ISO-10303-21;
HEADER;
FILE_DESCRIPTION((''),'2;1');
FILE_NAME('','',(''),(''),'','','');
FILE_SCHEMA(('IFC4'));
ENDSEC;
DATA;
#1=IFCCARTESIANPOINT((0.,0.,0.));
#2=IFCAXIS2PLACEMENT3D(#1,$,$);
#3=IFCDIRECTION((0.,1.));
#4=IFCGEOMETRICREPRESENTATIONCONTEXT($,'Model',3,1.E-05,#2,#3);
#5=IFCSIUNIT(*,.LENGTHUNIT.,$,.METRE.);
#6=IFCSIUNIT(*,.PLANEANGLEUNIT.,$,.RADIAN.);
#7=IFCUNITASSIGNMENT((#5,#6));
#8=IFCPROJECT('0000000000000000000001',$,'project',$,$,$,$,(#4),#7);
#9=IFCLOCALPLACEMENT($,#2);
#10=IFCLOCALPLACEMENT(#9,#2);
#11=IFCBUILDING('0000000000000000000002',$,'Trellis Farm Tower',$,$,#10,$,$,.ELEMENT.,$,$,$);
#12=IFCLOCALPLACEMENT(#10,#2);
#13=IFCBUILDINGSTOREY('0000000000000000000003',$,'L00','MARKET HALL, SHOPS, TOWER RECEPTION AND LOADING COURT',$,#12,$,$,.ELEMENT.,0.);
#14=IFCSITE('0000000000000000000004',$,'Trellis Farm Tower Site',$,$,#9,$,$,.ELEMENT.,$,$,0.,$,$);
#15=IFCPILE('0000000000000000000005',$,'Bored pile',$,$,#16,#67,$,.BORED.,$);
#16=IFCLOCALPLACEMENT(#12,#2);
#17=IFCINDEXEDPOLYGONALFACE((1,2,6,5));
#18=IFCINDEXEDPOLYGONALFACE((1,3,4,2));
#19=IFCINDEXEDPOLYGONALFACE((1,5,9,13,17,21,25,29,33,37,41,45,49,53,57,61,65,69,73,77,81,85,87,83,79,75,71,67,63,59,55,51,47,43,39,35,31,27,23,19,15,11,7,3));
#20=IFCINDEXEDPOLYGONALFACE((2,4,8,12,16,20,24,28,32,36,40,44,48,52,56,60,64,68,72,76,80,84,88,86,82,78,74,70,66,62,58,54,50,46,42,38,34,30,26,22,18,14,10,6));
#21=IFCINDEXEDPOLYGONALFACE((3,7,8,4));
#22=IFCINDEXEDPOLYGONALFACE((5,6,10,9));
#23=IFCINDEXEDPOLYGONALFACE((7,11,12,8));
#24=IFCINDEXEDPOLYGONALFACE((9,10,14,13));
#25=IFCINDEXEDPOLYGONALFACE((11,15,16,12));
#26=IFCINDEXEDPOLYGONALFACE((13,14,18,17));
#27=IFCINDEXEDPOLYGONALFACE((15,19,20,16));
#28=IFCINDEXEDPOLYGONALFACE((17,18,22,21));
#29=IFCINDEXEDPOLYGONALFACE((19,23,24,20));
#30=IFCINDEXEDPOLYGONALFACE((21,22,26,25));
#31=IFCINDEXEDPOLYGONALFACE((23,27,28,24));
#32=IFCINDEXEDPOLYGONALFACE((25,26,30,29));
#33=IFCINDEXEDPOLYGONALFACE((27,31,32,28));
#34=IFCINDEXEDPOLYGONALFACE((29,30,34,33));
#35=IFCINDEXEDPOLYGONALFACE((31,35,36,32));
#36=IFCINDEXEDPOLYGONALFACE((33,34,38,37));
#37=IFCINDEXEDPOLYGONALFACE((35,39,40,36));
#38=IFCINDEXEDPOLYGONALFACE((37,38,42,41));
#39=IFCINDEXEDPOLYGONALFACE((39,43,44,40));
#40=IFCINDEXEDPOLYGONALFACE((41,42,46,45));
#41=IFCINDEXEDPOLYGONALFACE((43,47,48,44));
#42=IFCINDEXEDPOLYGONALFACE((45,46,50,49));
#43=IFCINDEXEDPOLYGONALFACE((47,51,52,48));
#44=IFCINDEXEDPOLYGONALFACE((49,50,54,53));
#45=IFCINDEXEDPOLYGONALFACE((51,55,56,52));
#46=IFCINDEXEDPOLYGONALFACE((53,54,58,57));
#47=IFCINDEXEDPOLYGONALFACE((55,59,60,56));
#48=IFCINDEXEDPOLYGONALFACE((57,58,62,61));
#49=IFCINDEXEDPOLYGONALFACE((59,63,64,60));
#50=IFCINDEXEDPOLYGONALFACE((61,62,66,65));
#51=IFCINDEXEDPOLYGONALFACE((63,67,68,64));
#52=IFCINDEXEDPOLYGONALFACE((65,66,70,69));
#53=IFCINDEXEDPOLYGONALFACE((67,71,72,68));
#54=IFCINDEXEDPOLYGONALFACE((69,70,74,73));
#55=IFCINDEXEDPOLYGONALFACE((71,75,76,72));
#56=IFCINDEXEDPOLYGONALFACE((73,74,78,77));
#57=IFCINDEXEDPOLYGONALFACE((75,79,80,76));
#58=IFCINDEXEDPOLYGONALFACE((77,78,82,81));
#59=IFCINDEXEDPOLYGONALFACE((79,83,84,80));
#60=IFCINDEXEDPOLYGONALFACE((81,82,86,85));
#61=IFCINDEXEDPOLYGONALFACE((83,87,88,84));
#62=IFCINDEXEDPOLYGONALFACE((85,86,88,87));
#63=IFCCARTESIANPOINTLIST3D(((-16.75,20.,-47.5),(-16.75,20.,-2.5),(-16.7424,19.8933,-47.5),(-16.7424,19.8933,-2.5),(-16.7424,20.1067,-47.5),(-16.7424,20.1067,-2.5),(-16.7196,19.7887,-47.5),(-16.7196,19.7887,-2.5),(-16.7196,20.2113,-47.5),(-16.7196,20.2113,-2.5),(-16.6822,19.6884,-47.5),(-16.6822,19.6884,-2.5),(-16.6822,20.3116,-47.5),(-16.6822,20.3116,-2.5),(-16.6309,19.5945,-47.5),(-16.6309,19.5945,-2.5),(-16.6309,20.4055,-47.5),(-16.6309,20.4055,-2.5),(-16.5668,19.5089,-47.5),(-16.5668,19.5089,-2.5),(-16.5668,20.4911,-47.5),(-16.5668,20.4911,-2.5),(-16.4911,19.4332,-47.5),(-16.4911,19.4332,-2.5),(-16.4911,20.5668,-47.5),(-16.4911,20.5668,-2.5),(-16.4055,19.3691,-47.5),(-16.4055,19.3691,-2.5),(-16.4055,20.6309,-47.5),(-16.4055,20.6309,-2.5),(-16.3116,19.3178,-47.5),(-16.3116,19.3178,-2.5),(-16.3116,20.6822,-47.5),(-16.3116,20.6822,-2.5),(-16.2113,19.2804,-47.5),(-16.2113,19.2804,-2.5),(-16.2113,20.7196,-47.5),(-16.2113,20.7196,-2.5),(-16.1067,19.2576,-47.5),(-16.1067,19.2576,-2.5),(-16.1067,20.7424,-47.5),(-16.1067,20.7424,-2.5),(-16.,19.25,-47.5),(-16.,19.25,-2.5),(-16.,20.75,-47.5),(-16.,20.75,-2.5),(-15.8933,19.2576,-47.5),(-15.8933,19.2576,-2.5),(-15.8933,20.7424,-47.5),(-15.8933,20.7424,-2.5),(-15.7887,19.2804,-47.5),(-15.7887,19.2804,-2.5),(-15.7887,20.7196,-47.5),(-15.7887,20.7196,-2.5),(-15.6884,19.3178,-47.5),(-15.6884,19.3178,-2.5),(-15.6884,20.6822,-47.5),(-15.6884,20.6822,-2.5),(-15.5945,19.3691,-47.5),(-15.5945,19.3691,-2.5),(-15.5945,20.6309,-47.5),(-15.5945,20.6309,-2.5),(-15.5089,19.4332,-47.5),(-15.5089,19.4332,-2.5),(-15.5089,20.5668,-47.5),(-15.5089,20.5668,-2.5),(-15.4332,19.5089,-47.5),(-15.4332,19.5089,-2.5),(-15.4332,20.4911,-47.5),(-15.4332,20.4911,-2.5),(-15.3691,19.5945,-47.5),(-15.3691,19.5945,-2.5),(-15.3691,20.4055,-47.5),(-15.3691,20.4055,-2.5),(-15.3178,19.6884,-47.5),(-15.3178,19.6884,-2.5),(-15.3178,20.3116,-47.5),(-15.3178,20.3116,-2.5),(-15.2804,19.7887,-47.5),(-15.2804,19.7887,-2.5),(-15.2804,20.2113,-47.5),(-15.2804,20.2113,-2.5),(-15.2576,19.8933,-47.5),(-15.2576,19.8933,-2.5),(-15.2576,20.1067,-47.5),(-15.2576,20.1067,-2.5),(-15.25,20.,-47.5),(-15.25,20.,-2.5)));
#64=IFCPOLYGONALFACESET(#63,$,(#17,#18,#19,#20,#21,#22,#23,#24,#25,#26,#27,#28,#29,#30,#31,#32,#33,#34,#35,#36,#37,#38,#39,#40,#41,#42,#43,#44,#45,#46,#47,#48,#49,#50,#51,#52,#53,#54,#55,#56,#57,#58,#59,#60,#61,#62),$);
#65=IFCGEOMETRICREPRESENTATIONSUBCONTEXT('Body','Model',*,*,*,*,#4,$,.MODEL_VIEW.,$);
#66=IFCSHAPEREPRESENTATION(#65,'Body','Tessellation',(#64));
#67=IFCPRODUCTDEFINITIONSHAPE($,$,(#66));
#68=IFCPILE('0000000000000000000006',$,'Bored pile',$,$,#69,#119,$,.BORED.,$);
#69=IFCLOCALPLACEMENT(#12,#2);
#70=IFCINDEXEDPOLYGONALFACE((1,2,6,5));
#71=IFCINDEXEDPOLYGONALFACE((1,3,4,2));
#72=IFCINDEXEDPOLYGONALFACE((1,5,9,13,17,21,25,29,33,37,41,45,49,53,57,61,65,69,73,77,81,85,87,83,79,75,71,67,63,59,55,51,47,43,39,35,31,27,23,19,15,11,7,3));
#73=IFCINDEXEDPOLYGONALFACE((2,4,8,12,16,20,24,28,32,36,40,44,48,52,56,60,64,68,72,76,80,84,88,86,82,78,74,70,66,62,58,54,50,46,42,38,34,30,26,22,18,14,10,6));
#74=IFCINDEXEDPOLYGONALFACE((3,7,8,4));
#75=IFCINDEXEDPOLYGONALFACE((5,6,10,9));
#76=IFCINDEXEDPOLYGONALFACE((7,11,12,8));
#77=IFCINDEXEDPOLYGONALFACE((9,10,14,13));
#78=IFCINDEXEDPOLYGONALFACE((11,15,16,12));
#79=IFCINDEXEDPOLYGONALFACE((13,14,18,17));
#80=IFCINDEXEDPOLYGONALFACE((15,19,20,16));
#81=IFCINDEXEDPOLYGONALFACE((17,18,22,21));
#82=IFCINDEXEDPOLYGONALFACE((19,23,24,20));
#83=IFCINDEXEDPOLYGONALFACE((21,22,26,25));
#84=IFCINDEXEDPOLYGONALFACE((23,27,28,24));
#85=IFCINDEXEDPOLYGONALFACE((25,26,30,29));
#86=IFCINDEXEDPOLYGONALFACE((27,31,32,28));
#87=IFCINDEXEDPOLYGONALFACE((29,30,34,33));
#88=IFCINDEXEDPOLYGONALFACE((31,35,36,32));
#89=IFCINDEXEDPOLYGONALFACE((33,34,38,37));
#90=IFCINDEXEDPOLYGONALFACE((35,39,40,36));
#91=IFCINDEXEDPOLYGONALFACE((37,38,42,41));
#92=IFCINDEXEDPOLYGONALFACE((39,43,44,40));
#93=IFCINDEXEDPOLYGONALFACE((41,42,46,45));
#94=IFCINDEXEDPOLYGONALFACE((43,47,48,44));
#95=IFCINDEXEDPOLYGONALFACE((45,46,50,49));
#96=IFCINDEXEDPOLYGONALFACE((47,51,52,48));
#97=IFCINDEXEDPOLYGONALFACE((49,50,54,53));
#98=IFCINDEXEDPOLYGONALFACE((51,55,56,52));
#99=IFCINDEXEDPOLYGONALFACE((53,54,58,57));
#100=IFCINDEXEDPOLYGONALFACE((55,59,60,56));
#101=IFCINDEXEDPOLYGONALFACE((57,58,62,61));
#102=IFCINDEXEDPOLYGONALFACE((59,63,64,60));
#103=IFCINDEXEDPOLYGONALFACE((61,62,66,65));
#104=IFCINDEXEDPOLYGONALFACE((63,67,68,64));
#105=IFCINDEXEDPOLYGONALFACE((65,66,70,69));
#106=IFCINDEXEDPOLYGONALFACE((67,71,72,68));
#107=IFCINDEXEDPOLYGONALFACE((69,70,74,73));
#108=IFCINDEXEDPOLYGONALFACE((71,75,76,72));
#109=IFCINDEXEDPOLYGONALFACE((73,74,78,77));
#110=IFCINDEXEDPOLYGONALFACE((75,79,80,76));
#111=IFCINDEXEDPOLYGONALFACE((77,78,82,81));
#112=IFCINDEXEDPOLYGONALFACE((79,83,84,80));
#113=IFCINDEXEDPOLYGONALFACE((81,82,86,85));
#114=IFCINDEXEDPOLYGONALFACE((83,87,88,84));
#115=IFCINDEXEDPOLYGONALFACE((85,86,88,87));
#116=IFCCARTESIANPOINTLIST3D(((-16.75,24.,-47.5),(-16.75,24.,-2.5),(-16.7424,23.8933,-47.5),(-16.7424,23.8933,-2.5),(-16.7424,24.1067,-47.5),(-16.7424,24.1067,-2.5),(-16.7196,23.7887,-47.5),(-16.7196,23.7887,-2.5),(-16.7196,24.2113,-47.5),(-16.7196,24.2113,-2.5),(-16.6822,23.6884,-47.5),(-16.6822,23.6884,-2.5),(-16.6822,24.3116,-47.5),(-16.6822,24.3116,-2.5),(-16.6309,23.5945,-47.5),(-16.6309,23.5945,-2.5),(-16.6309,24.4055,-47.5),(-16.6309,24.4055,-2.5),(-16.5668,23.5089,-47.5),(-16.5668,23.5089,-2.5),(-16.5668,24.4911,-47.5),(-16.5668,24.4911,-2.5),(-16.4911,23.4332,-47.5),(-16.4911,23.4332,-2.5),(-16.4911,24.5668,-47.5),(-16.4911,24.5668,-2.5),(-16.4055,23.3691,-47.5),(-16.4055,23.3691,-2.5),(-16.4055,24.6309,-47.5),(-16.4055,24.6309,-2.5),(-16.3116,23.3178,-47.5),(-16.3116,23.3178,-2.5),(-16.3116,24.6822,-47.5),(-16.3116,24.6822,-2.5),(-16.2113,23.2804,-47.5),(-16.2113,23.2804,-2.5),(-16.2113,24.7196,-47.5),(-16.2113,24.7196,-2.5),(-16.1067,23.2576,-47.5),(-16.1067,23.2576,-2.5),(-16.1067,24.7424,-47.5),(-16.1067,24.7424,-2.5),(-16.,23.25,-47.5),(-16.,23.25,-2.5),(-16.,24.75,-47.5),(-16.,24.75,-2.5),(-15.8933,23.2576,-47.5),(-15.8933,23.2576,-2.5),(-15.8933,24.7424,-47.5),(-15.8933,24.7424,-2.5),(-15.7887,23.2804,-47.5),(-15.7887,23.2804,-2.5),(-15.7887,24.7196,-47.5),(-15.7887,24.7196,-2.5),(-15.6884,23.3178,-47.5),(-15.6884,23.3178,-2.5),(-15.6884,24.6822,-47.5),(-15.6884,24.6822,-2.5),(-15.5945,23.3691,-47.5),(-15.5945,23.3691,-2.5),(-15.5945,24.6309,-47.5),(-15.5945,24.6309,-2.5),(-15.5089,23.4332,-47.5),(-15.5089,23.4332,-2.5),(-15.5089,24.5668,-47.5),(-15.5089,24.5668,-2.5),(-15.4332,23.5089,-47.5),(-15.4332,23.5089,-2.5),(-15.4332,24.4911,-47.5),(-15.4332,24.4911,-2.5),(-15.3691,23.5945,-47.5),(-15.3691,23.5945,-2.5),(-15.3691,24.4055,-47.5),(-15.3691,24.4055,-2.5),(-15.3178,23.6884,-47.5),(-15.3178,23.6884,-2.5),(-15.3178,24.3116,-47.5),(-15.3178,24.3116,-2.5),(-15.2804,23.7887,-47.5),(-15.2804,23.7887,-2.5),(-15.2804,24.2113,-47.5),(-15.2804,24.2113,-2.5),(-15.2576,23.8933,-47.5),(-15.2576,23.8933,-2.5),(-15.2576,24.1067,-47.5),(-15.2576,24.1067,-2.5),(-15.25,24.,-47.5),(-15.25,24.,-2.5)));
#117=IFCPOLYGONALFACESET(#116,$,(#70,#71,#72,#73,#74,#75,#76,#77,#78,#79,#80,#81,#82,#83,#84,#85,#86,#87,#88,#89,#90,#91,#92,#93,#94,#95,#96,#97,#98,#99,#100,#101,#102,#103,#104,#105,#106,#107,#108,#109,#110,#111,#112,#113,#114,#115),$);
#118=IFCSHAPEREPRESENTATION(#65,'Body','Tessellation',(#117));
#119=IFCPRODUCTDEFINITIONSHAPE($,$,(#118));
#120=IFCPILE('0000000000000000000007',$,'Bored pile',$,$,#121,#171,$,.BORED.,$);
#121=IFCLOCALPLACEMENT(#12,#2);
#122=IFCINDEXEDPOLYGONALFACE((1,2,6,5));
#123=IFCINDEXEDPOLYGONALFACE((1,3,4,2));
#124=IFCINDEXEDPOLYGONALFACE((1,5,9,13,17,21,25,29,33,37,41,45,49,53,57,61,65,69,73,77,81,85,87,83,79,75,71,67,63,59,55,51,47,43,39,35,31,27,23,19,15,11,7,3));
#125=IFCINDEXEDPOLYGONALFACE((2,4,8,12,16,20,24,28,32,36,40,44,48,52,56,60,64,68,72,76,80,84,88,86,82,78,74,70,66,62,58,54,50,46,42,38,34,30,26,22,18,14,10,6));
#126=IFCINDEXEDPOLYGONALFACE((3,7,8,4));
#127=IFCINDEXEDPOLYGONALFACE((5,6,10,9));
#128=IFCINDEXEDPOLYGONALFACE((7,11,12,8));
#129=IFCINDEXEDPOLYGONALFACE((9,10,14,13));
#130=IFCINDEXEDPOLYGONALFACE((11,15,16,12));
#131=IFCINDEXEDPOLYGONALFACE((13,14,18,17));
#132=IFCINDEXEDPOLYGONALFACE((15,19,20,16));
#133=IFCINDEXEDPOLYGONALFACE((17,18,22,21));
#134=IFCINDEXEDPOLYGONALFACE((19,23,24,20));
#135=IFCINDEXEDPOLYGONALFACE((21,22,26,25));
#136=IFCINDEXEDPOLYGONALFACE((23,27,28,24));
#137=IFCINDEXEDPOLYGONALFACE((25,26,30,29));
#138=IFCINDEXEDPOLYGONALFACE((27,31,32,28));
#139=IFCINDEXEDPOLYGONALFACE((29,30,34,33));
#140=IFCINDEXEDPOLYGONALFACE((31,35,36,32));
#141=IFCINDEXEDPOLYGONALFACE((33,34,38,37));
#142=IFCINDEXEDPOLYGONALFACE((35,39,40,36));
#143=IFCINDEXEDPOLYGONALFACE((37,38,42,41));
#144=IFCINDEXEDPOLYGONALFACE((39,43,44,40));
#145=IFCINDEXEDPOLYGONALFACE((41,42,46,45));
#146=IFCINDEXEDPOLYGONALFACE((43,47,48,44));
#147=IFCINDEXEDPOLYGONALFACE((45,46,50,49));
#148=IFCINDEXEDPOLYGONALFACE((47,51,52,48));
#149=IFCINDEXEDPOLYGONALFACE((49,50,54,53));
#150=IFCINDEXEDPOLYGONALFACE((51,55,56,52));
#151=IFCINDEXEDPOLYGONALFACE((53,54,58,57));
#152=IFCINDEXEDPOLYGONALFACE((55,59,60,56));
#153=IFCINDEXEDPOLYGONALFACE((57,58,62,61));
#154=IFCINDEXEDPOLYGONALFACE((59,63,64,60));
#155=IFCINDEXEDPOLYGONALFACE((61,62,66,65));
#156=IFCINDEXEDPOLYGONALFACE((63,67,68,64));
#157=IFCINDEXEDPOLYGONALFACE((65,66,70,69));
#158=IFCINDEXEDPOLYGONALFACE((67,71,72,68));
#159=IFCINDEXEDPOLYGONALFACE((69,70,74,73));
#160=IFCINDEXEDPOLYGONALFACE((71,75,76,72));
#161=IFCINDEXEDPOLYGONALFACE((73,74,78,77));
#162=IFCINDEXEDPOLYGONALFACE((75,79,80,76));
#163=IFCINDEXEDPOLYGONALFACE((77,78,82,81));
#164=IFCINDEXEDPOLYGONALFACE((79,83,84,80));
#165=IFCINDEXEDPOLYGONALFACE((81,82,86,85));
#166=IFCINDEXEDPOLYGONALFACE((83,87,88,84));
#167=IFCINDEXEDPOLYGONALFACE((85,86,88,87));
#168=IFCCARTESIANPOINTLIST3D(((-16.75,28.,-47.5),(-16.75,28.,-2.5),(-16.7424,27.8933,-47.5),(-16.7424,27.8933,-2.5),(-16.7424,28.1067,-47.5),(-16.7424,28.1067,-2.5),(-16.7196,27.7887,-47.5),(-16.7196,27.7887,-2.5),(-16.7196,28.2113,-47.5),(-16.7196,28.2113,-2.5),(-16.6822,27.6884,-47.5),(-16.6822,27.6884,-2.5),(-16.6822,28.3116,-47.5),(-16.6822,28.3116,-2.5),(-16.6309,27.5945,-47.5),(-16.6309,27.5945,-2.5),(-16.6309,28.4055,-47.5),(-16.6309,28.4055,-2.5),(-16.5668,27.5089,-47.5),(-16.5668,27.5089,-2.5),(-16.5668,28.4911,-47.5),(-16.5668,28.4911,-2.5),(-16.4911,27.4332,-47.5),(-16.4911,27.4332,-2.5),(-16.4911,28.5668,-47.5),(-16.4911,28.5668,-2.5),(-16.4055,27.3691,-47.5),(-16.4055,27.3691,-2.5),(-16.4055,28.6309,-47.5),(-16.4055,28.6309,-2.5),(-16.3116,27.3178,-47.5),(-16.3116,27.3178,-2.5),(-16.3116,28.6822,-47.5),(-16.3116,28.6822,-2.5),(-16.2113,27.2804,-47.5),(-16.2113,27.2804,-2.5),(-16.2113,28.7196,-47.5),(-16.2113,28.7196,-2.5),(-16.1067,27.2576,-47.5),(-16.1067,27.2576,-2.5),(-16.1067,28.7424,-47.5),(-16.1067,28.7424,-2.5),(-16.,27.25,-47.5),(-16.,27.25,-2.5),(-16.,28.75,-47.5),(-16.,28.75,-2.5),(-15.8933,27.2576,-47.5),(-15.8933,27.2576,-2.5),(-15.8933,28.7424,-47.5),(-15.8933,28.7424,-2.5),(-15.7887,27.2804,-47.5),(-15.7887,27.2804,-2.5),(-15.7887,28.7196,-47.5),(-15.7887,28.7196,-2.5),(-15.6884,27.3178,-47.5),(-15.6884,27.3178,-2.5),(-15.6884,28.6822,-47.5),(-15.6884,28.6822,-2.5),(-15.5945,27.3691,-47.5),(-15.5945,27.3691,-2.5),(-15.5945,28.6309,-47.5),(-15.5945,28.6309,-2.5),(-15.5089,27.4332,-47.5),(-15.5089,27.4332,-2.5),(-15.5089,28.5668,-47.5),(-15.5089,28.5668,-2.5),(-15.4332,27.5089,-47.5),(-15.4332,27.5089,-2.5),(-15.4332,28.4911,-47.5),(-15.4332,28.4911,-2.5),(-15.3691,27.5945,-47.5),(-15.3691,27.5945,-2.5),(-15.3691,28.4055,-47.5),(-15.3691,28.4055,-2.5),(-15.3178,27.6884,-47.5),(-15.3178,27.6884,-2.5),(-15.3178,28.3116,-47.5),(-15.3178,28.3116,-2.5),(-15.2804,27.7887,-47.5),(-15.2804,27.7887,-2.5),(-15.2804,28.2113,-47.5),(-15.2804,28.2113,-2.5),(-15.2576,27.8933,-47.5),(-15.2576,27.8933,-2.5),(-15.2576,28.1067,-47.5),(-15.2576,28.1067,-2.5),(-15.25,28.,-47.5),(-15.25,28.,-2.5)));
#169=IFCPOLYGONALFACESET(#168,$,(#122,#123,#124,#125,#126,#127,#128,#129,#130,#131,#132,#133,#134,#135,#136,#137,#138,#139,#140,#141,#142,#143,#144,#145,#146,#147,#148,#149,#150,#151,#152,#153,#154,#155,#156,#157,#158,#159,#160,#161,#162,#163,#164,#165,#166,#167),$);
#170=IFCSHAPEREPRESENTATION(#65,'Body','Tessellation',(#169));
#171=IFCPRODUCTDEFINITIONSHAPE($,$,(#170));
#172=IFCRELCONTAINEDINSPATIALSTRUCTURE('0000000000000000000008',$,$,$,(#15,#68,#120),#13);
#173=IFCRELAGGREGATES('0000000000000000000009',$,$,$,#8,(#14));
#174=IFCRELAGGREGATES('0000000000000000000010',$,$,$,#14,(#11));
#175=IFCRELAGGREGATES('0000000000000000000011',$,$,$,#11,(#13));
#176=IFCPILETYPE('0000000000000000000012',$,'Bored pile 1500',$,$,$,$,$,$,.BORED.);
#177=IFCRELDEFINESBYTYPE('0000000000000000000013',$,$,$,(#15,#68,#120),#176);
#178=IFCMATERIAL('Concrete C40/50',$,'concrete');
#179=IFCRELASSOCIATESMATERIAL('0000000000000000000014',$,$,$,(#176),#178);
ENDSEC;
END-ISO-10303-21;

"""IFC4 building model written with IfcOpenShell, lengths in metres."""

from ifc_helpers import new_model, si_unit, direction, frame, origin, origin_2d, place, context, subcontext, project, spatial, circle, extrude, source, transform, mapped, material, material_profile, profile_set, type_object, element, save


model = new_model("IFC4")

# Units and contexts
model_context = context("Model", 3, precision=1e-05, world=origin(), true_north=direction((0.0, 1.0)))
body_context = subcontext(model_context, "Body", "Model", "MODEL_VIEW")
ifc_project = project(units=[si_unit("LENGTHUNIT", "METRE"), si_unit("PLANEANGLEUNIT", "RADIAN")], contexts=[model_context])

# Site, building, storey
site_placement = place(None, origin())
site = spatial("IfcSite", under=ifc_project, at=site_placement, Name="Trellis Farm Tower Site", CompositionType="ELEMENT", RefElevation=0.0)
building_placement = place(site_placement, origin())
building = spatial("IfcBuilding", under=site, at=building_placement, Name="Trellis Farm Tower", CompositionType="ELEMENT")
storey_placement = place(building_placement, origin())
storey = spatial("IfcBuildingStorey", under=building, at=storey_placement, Name="L00", Description="MARKET HALL, SHOPS, TOWER RECEPTION AND LOADING COURT", CompositionType="ELEMENT", Elevation=0.0)

# Piles
ifc_material_1 = material(Name="Concrete C40/50", Category="concrete")
ifc_material_profile = material_profile(ifc_material_1, circle(Radius=0.75, at=origin_2d()), Name="Bored pile 1500")
ifc_profile_set = profile_set([ifc_material_profile], Name="Concrete C40/50")
pile_type = type_object("IfcPileType", Name="Bored pile 1500", PredefinedType="BORED", material=ifc_profile_set)
shared_shape_1 = source(origin(), body_context, "Body", "SweptSolid", [
    extrude(circle(Radius=0.75, at=origin_2d()), origin(), (0.0, 0.0, 1.0), 45.0),
])
for number, where, z_axis, x_axis, name in (
    (1, (-16.0, 20.0, -2.5), (0.0, 0.0, -1.0), (1.0, 0.0, 0.0), "Bored pile"),
    (2, (-16.0, 24.0, -2.5), (0.0, 0.0, -1.0), (1.0, 0.0, 0.0), "Bored pile"),
    (3, (-16.0, 28.0, -2.5), (0.0, 0.0, -1.0), (1.0, 0.0, 0.0), "Bored pile"),
):
    element("IfcPile", number, at=place(storey_placement, frame(where, z_axis=z_axis, x_axis=x_axis)), inside=storey, type_object=pile_type, Name=name, PredefinedType="BORED", context=body_context, shape_type="MappedRepresentation", body=[
        mapped(shared_shape_1, transform((0.0, 0.0, 0.0))),
    ])

save(model, "model.ifc")
